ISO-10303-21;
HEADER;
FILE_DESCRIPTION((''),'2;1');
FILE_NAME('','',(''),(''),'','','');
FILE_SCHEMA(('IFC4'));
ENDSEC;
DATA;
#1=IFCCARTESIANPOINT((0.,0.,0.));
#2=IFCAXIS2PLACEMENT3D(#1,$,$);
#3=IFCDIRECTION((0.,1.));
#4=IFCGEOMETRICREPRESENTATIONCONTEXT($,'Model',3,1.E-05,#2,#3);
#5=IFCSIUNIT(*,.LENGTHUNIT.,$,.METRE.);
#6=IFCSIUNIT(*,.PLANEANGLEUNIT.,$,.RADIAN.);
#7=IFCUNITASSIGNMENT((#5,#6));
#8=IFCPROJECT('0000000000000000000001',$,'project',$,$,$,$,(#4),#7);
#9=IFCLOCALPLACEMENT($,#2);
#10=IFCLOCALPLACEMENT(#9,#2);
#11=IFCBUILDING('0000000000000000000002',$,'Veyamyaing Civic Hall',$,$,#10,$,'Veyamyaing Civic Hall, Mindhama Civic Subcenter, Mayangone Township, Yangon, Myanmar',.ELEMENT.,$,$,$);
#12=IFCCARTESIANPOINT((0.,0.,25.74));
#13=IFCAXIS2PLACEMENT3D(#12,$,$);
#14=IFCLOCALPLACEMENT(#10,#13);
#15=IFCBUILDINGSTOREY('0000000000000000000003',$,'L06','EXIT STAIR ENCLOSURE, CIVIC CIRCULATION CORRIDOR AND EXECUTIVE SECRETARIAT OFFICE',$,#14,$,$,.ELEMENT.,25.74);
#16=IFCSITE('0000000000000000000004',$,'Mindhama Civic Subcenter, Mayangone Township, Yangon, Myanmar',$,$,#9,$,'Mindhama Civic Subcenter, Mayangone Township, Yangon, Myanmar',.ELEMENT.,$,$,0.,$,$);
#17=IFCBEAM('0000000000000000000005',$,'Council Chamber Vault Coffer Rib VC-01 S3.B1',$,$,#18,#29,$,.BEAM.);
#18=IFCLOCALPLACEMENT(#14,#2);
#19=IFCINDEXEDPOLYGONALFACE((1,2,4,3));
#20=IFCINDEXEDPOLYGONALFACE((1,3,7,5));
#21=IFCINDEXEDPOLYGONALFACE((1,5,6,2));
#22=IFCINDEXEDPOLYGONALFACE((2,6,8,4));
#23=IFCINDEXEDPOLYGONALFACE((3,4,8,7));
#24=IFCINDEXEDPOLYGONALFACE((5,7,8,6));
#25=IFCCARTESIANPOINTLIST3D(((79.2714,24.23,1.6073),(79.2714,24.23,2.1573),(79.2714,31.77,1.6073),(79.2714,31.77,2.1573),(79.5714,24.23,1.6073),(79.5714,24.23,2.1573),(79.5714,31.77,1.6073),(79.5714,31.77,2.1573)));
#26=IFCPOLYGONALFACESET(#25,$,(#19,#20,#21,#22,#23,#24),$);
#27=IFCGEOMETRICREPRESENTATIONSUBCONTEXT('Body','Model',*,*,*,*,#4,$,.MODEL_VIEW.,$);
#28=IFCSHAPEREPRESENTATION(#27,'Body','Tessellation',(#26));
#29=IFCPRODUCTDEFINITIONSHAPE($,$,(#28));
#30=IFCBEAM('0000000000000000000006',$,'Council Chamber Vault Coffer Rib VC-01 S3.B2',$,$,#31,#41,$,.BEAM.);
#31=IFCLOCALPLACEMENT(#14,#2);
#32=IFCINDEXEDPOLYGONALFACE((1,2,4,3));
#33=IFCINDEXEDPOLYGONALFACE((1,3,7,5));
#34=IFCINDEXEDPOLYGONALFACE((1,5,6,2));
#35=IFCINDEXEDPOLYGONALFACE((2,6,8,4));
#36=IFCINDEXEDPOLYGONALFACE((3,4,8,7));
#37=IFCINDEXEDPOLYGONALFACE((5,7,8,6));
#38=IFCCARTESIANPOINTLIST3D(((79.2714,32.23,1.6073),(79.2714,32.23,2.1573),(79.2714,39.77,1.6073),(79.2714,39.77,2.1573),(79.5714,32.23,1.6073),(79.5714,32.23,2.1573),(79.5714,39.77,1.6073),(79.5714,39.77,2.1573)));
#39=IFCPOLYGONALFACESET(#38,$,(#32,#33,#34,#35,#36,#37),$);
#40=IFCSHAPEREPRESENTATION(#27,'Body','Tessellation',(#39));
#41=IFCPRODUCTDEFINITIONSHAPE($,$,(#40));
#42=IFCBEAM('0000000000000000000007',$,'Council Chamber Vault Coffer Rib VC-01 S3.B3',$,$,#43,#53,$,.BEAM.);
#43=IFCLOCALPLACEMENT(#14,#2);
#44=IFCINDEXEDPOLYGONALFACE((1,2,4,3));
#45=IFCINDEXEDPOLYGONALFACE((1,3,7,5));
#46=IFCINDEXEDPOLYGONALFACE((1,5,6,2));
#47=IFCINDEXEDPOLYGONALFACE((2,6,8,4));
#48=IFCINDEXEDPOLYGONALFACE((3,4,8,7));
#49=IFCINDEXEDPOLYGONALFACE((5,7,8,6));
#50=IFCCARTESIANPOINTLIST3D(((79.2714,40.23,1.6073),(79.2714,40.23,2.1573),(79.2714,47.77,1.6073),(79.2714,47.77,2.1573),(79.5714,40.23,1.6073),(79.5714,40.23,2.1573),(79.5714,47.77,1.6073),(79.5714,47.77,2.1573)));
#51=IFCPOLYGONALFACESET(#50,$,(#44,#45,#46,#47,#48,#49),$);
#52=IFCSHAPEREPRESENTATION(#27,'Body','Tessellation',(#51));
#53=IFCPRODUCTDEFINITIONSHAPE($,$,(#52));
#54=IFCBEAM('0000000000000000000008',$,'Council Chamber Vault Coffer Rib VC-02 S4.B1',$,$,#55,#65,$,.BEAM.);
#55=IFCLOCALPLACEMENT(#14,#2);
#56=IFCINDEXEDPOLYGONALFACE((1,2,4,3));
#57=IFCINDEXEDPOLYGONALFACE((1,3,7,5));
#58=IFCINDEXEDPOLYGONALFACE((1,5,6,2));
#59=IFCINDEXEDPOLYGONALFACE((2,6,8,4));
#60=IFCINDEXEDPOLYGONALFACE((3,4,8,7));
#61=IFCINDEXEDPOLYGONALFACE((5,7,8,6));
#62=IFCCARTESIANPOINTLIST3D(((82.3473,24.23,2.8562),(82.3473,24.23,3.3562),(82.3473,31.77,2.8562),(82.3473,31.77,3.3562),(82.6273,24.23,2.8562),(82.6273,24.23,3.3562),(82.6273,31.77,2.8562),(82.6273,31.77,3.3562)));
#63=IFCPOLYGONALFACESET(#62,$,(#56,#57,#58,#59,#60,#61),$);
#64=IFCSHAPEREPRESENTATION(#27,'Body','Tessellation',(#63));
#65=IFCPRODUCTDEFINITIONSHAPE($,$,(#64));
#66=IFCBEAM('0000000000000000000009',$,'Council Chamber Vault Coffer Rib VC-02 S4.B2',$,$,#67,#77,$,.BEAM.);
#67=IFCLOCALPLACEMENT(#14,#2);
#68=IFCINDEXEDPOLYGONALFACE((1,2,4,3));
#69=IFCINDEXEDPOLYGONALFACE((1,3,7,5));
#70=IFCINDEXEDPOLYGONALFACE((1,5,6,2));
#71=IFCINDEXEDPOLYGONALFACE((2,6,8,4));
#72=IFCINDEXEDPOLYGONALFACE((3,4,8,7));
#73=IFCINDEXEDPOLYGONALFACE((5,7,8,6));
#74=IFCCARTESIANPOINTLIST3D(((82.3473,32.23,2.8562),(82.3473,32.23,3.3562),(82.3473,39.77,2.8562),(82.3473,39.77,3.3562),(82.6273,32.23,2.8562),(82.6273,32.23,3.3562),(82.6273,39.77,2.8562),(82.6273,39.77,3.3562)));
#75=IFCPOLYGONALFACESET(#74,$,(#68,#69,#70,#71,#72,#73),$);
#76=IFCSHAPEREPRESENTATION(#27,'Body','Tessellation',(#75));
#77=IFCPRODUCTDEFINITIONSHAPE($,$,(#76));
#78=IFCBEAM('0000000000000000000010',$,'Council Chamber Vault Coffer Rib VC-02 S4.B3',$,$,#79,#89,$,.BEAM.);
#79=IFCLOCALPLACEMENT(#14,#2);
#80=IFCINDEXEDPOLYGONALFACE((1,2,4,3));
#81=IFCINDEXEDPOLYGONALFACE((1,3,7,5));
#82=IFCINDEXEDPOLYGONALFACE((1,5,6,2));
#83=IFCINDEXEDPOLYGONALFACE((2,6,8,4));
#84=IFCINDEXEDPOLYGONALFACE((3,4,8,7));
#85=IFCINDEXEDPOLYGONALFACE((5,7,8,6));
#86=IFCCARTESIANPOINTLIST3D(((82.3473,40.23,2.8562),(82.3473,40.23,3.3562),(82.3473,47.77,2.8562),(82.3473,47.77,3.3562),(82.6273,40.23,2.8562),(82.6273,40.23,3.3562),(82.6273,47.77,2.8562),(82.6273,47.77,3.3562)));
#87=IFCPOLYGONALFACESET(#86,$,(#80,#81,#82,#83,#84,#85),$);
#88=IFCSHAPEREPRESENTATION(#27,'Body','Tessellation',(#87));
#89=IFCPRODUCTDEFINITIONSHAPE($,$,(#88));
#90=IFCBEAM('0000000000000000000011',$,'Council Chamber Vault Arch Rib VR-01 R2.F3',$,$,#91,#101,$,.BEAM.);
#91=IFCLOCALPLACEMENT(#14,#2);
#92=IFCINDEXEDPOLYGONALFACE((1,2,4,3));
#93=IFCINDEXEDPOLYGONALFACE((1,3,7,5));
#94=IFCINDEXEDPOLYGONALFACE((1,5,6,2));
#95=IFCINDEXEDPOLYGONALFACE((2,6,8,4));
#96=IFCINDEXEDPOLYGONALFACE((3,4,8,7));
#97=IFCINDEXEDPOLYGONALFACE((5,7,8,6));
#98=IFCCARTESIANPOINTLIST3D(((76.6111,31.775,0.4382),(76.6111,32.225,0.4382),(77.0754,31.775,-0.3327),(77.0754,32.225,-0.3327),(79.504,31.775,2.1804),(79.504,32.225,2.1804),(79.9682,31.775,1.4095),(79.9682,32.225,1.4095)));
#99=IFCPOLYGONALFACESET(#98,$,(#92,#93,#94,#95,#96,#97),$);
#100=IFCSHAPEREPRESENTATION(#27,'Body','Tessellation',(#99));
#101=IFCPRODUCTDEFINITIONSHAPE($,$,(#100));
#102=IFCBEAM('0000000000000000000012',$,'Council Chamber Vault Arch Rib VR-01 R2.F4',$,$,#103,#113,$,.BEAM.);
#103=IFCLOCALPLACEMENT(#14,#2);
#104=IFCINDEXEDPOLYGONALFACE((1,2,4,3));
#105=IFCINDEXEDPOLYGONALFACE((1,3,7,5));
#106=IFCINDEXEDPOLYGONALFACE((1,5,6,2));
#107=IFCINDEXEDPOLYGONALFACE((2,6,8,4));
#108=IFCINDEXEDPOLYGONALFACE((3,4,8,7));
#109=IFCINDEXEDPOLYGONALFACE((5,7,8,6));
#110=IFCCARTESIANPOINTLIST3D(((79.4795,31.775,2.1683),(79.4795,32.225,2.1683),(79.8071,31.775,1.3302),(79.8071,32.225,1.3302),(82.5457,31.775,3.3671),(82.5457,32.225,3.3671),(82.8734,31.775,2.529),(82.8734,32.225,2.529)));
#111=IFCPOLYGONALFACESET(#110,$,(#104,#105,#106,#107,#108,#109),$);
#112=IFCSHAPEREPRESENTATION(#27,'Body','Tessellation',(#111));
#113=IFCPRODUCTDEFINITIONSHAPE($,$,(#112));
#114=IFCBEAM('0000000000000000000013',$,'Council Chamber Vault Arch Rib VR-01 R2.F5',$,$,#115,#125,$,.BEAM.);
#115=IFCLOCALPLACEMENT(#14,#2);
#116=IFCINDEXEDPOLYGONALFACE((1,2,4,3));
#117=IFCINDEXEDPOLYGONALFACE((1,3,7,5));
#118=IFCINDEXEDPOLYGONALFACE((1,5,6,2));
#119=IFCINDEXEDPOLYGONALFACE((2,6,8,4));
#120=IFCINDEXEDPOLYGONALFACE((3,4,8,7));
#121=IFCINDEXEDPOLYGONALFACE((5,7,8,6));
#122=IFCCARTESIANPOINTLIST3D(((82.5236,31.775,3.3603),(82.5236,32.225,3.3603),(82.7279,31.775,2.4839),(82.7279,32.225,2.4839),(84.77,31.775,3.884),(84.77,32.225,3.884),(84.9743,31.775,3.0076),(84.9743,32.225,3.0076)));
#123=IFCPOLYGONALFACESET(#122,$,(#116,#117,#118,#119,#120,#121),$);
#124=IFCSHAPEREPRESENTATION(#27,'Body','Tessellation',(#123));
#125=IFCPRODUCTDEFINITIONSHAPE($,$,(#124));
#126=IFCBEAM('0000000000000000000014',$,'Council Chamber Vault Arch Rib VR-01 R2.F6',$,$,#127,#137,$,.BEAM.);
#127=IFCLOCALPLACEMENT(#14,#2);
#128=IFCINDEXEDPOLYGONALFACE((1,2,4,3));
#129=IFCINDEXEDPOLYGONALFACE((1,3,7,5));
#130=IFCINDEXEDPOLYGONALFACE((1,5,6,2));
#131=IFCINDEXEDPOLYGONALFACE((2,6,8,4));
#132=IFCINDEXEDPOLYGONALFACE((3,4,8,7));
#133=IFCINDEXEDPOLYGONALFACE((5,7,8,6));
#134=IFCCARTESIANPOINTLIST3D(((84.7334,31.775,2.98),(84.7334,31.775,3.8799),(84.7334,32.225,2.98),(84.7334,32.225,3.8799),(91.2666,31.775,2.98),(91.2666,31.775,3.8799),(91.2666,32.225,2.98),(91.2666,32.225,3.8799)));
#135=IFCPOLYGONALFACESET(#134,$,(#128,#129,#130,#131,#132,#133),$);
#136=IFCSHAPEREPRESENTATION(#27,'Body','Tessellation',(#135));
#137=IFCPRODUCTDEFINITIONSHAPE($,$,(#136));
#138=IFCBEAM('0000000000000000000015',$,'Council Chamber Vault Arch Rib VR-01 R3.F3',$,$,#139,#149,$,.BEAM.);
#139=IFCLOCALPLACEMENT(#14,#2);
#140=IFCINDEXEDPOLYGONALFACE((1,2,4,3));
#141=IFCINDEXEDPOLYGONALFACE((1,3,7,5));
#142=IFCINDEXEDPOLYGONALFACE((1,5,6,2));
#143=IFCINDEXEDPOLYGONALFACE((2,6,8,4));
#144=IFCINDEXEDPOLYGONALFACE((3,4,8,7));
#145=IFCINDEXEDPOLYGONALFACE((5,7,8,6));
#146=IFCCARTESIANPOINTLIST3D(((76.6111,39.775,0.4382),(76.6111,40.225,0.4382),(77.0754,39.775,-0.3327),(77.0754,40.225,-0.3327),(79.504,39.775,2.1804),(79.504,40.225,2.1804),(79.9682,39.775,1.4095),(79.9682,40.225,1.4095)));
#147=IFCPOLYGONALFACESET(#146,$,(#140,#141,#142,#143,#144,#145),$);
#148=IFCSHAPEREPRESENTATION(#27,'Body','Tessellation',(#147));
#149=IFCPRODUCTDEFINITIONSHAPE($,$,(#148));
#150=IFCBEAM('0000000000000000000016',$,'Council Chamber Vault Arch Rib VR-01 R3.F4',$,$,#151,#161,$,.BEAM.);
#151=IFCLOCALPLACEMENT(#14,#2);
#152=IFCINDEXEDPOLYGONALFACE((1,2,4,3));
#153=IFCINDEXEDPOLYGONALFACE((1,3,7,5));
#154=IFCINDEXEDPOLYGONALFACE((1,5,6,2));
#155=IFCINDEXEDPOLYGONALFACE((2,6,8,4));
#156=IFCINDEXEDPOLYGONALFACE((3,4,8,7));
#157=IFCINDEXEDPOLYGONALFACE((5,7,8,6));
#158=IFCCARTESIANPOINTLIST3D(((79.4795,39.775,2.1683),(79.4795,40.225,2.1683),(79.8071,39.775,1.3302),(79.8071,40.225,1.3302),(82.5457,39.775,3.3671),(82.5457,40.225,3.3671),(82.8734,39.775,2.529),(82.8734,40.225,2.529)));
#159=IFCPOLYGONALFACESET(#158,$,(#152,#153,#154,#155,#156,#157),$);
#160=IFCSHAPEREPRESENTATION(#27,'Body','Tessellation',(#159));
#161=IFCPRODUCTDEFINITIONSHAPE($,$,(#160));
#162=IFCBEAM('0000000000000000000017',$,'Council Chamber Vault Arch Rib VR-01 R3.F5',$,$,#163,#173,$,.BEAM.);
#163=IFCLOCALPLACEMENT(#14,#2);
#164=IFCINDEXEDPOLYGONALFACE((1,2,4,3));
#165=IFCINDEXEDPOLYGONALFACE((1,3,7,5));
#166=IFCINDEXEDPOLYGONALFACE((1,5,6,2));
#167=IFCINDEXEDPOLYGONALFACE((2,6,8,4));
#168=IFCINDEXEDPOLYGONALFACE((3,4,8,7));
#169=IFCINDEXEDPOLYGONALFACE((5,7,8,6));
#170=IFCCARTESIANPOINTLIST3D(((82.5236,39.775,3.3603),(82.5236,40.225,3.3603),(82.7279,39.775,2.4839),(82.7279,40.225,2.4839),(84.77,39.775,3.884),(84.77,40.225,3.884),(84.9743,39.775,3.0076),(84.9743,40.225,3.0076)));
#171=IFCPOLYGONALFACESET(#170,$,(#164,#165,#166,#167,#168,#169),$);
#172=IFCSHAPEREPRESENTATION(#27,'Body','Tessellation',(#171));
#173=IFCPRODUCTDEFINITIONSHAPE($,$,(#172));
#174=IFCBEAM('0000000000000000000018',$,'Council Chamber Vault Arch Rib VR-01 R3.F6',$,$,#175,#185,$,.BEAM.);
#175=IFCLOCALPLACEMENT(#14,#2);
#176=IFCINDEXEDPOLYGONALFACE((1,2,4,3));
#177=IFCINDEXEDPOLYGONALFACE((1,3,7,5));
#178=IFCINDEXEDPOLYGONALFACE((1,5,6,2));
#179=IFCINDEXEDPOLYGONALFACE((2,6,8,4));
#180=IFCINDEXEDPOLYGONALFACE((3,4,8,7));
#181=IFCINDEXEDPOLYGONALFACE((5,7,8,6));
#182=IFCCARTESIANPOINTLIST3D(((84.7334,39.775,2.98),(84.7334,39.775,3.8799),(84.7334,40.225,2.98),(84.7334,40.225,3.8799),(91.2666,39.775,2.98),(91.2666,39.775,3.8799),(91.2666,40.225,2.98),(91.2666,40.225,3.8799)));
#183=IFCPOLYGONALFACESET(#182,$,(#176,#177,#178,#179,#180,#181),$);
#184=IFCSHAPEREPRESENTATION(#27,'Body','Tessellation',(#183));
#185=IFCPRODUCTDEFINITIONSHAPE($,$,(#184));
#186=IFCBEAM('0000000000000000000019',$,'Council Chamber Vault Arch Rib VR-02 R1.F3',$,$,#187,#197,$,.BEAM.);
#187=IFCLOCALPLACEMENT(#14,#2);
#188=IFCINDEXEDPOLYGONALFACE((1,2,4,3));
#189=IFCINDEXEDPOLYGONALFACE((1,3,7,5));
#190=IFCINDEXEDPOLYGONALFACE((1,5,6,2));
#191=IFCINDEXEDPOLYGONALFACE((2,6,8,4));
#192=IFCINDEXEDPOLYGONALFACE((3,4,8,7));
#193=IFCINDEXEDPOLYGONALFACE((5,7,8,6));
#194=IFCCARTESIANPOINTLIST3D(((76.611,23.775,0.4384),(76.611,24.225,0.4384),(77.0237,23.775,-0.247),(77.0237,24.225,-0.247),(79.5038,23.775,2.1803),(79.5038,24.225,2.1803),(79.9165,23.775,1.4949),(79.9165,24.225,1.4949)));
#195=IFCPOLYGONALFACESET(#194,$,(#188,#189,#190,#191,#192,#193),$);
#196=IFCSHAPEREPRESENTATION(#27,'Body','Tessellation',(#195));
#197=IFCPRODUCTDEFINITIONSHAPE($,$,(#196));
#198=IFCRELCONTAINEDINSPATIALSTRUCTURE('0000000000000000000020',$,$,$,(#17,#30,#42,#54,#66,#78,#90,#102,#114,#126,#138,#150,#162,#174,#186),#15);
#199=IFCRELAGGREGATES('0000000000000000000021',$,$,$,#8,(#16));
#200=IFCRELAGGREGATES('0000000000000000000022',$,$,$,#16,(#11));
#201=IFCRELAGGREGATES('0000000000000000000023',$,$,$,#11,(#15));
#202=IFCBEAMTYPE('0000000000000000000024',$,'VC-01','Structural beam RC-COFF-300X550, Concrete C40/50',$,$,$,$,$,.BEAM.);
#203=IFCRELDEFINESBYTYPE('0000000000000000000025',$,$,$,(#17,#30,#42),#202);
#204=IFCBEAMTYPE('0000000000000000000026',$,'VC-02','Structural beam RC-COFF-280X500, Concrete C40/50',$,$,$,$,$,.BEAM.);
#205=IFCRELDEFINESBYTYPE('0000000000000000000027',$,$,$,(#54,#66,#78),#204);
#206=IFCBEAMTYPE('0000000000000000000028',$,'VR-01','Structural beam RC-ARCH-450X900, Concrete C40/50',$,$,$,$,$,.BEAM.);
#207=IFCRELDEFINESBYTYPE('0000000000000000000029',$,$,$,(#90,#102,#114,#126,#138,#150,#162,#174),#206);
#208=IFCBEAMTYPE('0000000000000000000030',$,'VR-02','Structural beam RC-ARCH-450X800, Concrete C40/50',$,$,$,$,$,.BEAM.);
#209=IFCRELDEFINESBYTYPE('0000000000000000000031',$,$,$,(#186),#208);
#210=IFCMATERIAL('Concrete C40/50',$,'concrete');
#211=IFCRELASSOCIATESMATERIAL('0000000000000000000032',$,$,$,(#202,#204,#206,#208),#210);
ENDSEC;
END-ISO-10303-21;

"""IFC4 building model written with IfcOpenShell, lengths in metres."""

from ifc_helpers import new_model, si_unit, direction, frame, origin, origin_2d, place, context, subcontext, project, spatial, rectangle, extrude, material, material_profile, profile_set, type_object, element, save


model = new_model("IFC4")

# Units and contexts
model_context = context("Model", 3, precision=1e-05, world=origin(), true_north=direction((0.0, 1.0)))
body_context = subcontext(model_context, "Body", "Model", "MODEL_VIEW")
ifc_project = project(units=[si_unit("LENGTHUNIT", "METRE"), si_unit("PLANEANGLEUNIT", "RADIAN")], contexts=[model_context])

# Site, building, storey
site_placement = place(None, origin())
site = spatial("IfcSite", under=ifc_project, at=site_placement, Name="Mindhama Civic Subcenter, Mayangone Township, Yangon, Myanmar", LongName="Mindhama Civic Subcenter, Mayangone Township, Yangon, Myanmar", CompositionType="ELEMENT", RefElevation=0.0)
building_placement = place(site_placement, origin())
building = spatial("IfcBuilding", under=site, at=building_placement, Name="Veyamyaing Civic Hall", LongName="Veyamyaing Civic Hall, Mindhama Civic Subcenter, Mayangone Township, Yangon, Myanmar", CompositionType="ELEMENT")
storey_placement = place(building_placement, frame((0.0, 0.0, 25.74)))
storey = spatial("IfcBuildingStorey", under=building, at=storey_placement, Name="L06", Description="EXIT STAIR ENCLOSURE, CIVIC CIRCULATION CORRIDOR AND EXECUTIVE SECRETARIAT OFFICE", CompositionType="ELEMENT", Elevation=25.74)

# Beams
ifc_material = material(Name="Concrete C40/50", Category="concrete")
ifc_material_profile_1 = material_profile(ifc_material, rectangle(XDim=0.3, YDim=0.55, at=origin_2d()), Name="RC-COFF-300X550")
ifc_profile_set_1 = profile_set([ifc_material_profile_1], Name="Concrete C40/50")
beam_type_1 = type_object("IfcBeamType", Name="VC-01", Description="Structural beam RC-COFF-300X550, Concrete C40/50", PredefinedType="BEAM", material=ifc_profile_set_1)
for number, where, z_axis, x_axis, name in (
    (1, (79.4214, 24.23, 1.8823), (0.0, 1.0, 0.0), (-1.0, 0.0, 0.0), "Council Chamber Vault Coffer Rib VC-01 S3.B1"),
    (2, (79.4214, 32.23, 1.8823), (0.0, 1.0, 0.0), (-1.0, 0.0, 0.0), "Council Chamber Vault Coffer Rib VC-01 S3.B2"),
    (3, (79.4214, 40.23, 1.8823), (0.0, 1.0, 0.0), (-1.0, 0.0, 0.0), "Council Chamber Vault Coffer Rib VC-01 S3.B3"),
):
    element("IfcBeam", number, at=place(storey_placement, frame(where, z_axis=z_axis, x_axis=x_axis)), inside=storey, type_object=beam_type_1, Name=name, PredefinedType="BEAM", context=body_context, shape_type="SweptSolid", body=[
        extrude(rectangle(XDim=0.3, YDim=0.55, at=origin_2d()), origin(), (0.0, 0.0, 1.0), 7.54),
    ])
ifc_material_profile_2 = material_profile(ifc_material, rectangle(XDim=0.28, YDim=0.5, at=origin_2d()), Name="RC-COFF-280X500")
ifc_profile_set_2 = profile_set([ifc_material_profile_2], Name="Concrete C40/50")
beam_type_2 = type_object("IfcBeamType", Name="VC-02", Description="Structural beam RC-COFF-280X500, Concrete C40/50", PredefinedType="BEAM", material=ifc_profile_set_2)
for number, where, z_axis, x_axis, name in (
    (4, (82.4873, 24.23, 3.1062), (0.0, 1.0, 0.0), (-1.0, 0.0, 0.0), "Council Chamber Vault Coffer Rib VC-02 S4.B1"),
    (5, (82.4873, 32.23, 3.1062), (0.0, 1.0, 0.0), (-1.0, 0.0, 0.0), "Council Chamber Vault Coffer Rib VC-02 S4.B2"),
    (6, (82.4873, 40.23, 3.1062), (0.0, 1.0, 0.0), (-1.0, 0.0, 0.0), "Council Chamber Vault Coffer Rib VC-02 S4.B3"),
):
    element("IfcBeam", number, at=place(storey_placement, frame(where, z_axis=z_axis, x_axis=x_axis)), inside=storey, type_object=beam_type_2, Name=name, PredefinedType="BEAM", context=body_context, shape_type="SweptSolid", body=[
        extrude(rectangle(XDim=0.28, YDim=0.5, at=origin_2d()), origin(), (0.0, 0.0, 1.0), 7.54),
    ])
ifc_material_profile_3 = material_profile(ifc_material, rectangle(XDim=0.45, YDim=0.8999, at=origin_2d()), Name="RC-ARCH-450X900")
ifc_profile_set_3 = profile_set([ifc_material_profile_3], Name="Concrete C40/50")
beam_type_3 = type_object("IfcBeamType", Name="VR-01", Description="Structural beam RC-ARCH-450X900, Concrete C40/50", PredefinedType="BEAM", material=ifc_profile_set_3)
beam_1_placement = place(storey_placement, frame((76.8433, 32.0, 0.0527), z_axis=(0.856643, 0.0, 0.515909), x_axis=(0.0, 1.0, 0.0)))
element("IfcBeam", 7, at=beam_1_placement, inside=storey, type_object=beam_type_3, Name="Council Chamber Vault Arch Rib VR-01 R2.F3", PredefinedType="BEAM", context=body_context, shape_type="SweptSolid", body=[
    extrude(rectangle(XDim=0.45, YDim=0.8999, at=origin_2d()), origin(), (0.0, 0.0, 1.0), 3.377),
])
beam_2_placement = place(storey_placement, frame((79.6433, 32.0, 1.7493), z_axis=(0.931353, 0.0, 0.364117), x_axis=(0.0, 1.0, 0.0)))
element("IfcBeam", 8, at=beam_2_placement, inside=storey, type_object=beam_type_3, Name="Council Chamber Vault Arch Rib VR-01 R2.F4", PredefinedType="BEAM", context=body_context, shape_type="SweptSolid", body=[
    extrude(rectangle(XDim=0.45, YDim=0.8999, at=origin_2d()), origin(), (0.0, 0.0, 1.0), 3.2922),
])
beam_3_placement = place(storey_placement, frame((82.6257, 32.0, 2.9221), z_axis=(0.973886, 0.0, 0.227039), x_axis=(0.0, 1.0, 0.0)))
element("IfcBeam", 9, at=beam_3_placement, inside=storey, type_object=beam_type_3, Name="Council Chamber Vault Arch Rib VR-01 R2.F5", PredefinedType="BEAM", context=body_context, shape_type="SweptSolid", body=[
    extrude(rectangle(XDim=0.45, YDim=0.8999, at=origin_2d()), origin(), (0.0, 0.0, 1.0), 2.3066),
])
beam_4_placement = place(storey_placement, frame((84.7334, 32.0, 3.4299), z_axis=(1.0, 0.0, 0.0), x_axis=(0.0, 1.0, 0.0)))
element("IfcBeam", 10, at=beam_4_placement, inside=storey, type_object=beam_type_3, Name="Council Chamber Vault Arch Rib VR-01 R2.F6", PredefinedType="BEAM", context=body_context, shape_type="SweptSolid", body=[
    extrude(rectangle(XDim=0.45, YDim=0.8999, at=origin_2d()), origin(), (0.0, 0.0, 1.0), 6.5332),
])
beam_5_placement = place(storey_placement, frame((76.8433, 40.0, 0.0527), z_axis=(0.856643, 0.0, 0.515909), x_axis=(0.0, 1.0, 0.0)))
element("IfcBeam", 11, at=beam_5_placement, inside=storey, type_object=beam_type_3, Name="Council Chamber Vault Arch Rib VR-01 R3.F3", PredefinedType="BEAM", context=body_context, shape_type="SweptSolid", body=[
    extrude(rectangle(XDim=0.45, YDim=0.8999, at=origin_2d()), origin(), (0.0, 0.0, 1.0), 3.377),
])
beam_6_placement = place(storey_placement, frame((79.6433, 40.0, 1.7493), z_axis=(0.931353, 0.0, 0.364117), x_axis=(0.0, 1.0, 0.0)))
element("IfcBeam", 12, at=beam_6_placement, inside=storey, type_object=beam_type_3, Name="Council Chamber Vault Arch Rib VR-01 R3.F4", PredefinedType="BEAM", context=body_context, shape_type="SweptSolid", body=[
    extrude(rectangle(XDim=0.45, YDim=0.8999, at=origin_2d()), origin(), (0.0, 0.0, 1.0), 3.2922),
])
beam_7_placement = place(storey_placement, frame((82.6257, 40.0, 2.9221), z_axis=(0.973886, 0.0, 0.227039), x_axis=(0.0, 1.0, 0.0)))
element("IfcBeam", 13, at=beam_7_placement, inside=storey, type_object=beam_type_3, Name="Council Chamber Vault Arch Rib VR-01 R3.F5", PredefinedType="BEAM", context=body_context, shape_type="SweptSolid", body=[
    extrude(rectangle(XDim=0.45, YDim=0.8999, at=origin_2d()), origin(), (0.0, 0.0, 1.0), 2.3066),
])
beam_8_placement = place(storey_placement, frame((84.7334, 40.0, 3.4299), z_axis=(1.0, 0.0, 0.0), x_axis=(0.0, 1.0, 0.0)))
element("IfcBeam", 14, at=beam_8_placement, inside=storey, type_object=beam_type_3, Name="Council Chamber Vault Arch Rib VR-01 R3.F6", PredefinedType="BEAM", context=body_context, shape_type="SweptSolid", body=[
    extrude(rectangle(XDim=0.45, YDim=0.8999, at=origin_2d()), origin(), (0.0, 0.0, 1.0), 6.5332),
])
ifc_material_profile_4 = material_profile(ifc_material, rectangle(XDim=0.45, YDim=0.8, at=origin_2d()), Name="RC-ARCH-450X800")
ifc_profile_set_4 = profile_set([ifc_material_profile_4], Name="Concrete C40/50")
beam_type_4 = type_object("IfcBeamType", Name="VR-02", Description="Structural beam RC-ARCH-450X800, Concrete C40/50", PredefinedType="BEAM", material=ifc_profile_set_4)
beam_9_placement = place(storey_placement, frame((76.8174, 24.0, 0.0957), z_axis=(0.856675, 0.0, 0.515856), x_axis=(0.0, 1.0, 0.0)))
element("IfcBeam", 15, at=beam_9_placement, inside=storey, type_object=beam_type_4, Name="Council Chamber Vault Arch Rib VR-02 R1.F3", PredefinedType="BEAM", context=body_context, shape_type="SweptSolid", body=[
    extrude(rectangle(XDim=0.45, YDim=0.8, at=origin_2d()), origin(), (0.0, 0.0, 1.0), 3.3767),
])

save(model, "model.ifc")
